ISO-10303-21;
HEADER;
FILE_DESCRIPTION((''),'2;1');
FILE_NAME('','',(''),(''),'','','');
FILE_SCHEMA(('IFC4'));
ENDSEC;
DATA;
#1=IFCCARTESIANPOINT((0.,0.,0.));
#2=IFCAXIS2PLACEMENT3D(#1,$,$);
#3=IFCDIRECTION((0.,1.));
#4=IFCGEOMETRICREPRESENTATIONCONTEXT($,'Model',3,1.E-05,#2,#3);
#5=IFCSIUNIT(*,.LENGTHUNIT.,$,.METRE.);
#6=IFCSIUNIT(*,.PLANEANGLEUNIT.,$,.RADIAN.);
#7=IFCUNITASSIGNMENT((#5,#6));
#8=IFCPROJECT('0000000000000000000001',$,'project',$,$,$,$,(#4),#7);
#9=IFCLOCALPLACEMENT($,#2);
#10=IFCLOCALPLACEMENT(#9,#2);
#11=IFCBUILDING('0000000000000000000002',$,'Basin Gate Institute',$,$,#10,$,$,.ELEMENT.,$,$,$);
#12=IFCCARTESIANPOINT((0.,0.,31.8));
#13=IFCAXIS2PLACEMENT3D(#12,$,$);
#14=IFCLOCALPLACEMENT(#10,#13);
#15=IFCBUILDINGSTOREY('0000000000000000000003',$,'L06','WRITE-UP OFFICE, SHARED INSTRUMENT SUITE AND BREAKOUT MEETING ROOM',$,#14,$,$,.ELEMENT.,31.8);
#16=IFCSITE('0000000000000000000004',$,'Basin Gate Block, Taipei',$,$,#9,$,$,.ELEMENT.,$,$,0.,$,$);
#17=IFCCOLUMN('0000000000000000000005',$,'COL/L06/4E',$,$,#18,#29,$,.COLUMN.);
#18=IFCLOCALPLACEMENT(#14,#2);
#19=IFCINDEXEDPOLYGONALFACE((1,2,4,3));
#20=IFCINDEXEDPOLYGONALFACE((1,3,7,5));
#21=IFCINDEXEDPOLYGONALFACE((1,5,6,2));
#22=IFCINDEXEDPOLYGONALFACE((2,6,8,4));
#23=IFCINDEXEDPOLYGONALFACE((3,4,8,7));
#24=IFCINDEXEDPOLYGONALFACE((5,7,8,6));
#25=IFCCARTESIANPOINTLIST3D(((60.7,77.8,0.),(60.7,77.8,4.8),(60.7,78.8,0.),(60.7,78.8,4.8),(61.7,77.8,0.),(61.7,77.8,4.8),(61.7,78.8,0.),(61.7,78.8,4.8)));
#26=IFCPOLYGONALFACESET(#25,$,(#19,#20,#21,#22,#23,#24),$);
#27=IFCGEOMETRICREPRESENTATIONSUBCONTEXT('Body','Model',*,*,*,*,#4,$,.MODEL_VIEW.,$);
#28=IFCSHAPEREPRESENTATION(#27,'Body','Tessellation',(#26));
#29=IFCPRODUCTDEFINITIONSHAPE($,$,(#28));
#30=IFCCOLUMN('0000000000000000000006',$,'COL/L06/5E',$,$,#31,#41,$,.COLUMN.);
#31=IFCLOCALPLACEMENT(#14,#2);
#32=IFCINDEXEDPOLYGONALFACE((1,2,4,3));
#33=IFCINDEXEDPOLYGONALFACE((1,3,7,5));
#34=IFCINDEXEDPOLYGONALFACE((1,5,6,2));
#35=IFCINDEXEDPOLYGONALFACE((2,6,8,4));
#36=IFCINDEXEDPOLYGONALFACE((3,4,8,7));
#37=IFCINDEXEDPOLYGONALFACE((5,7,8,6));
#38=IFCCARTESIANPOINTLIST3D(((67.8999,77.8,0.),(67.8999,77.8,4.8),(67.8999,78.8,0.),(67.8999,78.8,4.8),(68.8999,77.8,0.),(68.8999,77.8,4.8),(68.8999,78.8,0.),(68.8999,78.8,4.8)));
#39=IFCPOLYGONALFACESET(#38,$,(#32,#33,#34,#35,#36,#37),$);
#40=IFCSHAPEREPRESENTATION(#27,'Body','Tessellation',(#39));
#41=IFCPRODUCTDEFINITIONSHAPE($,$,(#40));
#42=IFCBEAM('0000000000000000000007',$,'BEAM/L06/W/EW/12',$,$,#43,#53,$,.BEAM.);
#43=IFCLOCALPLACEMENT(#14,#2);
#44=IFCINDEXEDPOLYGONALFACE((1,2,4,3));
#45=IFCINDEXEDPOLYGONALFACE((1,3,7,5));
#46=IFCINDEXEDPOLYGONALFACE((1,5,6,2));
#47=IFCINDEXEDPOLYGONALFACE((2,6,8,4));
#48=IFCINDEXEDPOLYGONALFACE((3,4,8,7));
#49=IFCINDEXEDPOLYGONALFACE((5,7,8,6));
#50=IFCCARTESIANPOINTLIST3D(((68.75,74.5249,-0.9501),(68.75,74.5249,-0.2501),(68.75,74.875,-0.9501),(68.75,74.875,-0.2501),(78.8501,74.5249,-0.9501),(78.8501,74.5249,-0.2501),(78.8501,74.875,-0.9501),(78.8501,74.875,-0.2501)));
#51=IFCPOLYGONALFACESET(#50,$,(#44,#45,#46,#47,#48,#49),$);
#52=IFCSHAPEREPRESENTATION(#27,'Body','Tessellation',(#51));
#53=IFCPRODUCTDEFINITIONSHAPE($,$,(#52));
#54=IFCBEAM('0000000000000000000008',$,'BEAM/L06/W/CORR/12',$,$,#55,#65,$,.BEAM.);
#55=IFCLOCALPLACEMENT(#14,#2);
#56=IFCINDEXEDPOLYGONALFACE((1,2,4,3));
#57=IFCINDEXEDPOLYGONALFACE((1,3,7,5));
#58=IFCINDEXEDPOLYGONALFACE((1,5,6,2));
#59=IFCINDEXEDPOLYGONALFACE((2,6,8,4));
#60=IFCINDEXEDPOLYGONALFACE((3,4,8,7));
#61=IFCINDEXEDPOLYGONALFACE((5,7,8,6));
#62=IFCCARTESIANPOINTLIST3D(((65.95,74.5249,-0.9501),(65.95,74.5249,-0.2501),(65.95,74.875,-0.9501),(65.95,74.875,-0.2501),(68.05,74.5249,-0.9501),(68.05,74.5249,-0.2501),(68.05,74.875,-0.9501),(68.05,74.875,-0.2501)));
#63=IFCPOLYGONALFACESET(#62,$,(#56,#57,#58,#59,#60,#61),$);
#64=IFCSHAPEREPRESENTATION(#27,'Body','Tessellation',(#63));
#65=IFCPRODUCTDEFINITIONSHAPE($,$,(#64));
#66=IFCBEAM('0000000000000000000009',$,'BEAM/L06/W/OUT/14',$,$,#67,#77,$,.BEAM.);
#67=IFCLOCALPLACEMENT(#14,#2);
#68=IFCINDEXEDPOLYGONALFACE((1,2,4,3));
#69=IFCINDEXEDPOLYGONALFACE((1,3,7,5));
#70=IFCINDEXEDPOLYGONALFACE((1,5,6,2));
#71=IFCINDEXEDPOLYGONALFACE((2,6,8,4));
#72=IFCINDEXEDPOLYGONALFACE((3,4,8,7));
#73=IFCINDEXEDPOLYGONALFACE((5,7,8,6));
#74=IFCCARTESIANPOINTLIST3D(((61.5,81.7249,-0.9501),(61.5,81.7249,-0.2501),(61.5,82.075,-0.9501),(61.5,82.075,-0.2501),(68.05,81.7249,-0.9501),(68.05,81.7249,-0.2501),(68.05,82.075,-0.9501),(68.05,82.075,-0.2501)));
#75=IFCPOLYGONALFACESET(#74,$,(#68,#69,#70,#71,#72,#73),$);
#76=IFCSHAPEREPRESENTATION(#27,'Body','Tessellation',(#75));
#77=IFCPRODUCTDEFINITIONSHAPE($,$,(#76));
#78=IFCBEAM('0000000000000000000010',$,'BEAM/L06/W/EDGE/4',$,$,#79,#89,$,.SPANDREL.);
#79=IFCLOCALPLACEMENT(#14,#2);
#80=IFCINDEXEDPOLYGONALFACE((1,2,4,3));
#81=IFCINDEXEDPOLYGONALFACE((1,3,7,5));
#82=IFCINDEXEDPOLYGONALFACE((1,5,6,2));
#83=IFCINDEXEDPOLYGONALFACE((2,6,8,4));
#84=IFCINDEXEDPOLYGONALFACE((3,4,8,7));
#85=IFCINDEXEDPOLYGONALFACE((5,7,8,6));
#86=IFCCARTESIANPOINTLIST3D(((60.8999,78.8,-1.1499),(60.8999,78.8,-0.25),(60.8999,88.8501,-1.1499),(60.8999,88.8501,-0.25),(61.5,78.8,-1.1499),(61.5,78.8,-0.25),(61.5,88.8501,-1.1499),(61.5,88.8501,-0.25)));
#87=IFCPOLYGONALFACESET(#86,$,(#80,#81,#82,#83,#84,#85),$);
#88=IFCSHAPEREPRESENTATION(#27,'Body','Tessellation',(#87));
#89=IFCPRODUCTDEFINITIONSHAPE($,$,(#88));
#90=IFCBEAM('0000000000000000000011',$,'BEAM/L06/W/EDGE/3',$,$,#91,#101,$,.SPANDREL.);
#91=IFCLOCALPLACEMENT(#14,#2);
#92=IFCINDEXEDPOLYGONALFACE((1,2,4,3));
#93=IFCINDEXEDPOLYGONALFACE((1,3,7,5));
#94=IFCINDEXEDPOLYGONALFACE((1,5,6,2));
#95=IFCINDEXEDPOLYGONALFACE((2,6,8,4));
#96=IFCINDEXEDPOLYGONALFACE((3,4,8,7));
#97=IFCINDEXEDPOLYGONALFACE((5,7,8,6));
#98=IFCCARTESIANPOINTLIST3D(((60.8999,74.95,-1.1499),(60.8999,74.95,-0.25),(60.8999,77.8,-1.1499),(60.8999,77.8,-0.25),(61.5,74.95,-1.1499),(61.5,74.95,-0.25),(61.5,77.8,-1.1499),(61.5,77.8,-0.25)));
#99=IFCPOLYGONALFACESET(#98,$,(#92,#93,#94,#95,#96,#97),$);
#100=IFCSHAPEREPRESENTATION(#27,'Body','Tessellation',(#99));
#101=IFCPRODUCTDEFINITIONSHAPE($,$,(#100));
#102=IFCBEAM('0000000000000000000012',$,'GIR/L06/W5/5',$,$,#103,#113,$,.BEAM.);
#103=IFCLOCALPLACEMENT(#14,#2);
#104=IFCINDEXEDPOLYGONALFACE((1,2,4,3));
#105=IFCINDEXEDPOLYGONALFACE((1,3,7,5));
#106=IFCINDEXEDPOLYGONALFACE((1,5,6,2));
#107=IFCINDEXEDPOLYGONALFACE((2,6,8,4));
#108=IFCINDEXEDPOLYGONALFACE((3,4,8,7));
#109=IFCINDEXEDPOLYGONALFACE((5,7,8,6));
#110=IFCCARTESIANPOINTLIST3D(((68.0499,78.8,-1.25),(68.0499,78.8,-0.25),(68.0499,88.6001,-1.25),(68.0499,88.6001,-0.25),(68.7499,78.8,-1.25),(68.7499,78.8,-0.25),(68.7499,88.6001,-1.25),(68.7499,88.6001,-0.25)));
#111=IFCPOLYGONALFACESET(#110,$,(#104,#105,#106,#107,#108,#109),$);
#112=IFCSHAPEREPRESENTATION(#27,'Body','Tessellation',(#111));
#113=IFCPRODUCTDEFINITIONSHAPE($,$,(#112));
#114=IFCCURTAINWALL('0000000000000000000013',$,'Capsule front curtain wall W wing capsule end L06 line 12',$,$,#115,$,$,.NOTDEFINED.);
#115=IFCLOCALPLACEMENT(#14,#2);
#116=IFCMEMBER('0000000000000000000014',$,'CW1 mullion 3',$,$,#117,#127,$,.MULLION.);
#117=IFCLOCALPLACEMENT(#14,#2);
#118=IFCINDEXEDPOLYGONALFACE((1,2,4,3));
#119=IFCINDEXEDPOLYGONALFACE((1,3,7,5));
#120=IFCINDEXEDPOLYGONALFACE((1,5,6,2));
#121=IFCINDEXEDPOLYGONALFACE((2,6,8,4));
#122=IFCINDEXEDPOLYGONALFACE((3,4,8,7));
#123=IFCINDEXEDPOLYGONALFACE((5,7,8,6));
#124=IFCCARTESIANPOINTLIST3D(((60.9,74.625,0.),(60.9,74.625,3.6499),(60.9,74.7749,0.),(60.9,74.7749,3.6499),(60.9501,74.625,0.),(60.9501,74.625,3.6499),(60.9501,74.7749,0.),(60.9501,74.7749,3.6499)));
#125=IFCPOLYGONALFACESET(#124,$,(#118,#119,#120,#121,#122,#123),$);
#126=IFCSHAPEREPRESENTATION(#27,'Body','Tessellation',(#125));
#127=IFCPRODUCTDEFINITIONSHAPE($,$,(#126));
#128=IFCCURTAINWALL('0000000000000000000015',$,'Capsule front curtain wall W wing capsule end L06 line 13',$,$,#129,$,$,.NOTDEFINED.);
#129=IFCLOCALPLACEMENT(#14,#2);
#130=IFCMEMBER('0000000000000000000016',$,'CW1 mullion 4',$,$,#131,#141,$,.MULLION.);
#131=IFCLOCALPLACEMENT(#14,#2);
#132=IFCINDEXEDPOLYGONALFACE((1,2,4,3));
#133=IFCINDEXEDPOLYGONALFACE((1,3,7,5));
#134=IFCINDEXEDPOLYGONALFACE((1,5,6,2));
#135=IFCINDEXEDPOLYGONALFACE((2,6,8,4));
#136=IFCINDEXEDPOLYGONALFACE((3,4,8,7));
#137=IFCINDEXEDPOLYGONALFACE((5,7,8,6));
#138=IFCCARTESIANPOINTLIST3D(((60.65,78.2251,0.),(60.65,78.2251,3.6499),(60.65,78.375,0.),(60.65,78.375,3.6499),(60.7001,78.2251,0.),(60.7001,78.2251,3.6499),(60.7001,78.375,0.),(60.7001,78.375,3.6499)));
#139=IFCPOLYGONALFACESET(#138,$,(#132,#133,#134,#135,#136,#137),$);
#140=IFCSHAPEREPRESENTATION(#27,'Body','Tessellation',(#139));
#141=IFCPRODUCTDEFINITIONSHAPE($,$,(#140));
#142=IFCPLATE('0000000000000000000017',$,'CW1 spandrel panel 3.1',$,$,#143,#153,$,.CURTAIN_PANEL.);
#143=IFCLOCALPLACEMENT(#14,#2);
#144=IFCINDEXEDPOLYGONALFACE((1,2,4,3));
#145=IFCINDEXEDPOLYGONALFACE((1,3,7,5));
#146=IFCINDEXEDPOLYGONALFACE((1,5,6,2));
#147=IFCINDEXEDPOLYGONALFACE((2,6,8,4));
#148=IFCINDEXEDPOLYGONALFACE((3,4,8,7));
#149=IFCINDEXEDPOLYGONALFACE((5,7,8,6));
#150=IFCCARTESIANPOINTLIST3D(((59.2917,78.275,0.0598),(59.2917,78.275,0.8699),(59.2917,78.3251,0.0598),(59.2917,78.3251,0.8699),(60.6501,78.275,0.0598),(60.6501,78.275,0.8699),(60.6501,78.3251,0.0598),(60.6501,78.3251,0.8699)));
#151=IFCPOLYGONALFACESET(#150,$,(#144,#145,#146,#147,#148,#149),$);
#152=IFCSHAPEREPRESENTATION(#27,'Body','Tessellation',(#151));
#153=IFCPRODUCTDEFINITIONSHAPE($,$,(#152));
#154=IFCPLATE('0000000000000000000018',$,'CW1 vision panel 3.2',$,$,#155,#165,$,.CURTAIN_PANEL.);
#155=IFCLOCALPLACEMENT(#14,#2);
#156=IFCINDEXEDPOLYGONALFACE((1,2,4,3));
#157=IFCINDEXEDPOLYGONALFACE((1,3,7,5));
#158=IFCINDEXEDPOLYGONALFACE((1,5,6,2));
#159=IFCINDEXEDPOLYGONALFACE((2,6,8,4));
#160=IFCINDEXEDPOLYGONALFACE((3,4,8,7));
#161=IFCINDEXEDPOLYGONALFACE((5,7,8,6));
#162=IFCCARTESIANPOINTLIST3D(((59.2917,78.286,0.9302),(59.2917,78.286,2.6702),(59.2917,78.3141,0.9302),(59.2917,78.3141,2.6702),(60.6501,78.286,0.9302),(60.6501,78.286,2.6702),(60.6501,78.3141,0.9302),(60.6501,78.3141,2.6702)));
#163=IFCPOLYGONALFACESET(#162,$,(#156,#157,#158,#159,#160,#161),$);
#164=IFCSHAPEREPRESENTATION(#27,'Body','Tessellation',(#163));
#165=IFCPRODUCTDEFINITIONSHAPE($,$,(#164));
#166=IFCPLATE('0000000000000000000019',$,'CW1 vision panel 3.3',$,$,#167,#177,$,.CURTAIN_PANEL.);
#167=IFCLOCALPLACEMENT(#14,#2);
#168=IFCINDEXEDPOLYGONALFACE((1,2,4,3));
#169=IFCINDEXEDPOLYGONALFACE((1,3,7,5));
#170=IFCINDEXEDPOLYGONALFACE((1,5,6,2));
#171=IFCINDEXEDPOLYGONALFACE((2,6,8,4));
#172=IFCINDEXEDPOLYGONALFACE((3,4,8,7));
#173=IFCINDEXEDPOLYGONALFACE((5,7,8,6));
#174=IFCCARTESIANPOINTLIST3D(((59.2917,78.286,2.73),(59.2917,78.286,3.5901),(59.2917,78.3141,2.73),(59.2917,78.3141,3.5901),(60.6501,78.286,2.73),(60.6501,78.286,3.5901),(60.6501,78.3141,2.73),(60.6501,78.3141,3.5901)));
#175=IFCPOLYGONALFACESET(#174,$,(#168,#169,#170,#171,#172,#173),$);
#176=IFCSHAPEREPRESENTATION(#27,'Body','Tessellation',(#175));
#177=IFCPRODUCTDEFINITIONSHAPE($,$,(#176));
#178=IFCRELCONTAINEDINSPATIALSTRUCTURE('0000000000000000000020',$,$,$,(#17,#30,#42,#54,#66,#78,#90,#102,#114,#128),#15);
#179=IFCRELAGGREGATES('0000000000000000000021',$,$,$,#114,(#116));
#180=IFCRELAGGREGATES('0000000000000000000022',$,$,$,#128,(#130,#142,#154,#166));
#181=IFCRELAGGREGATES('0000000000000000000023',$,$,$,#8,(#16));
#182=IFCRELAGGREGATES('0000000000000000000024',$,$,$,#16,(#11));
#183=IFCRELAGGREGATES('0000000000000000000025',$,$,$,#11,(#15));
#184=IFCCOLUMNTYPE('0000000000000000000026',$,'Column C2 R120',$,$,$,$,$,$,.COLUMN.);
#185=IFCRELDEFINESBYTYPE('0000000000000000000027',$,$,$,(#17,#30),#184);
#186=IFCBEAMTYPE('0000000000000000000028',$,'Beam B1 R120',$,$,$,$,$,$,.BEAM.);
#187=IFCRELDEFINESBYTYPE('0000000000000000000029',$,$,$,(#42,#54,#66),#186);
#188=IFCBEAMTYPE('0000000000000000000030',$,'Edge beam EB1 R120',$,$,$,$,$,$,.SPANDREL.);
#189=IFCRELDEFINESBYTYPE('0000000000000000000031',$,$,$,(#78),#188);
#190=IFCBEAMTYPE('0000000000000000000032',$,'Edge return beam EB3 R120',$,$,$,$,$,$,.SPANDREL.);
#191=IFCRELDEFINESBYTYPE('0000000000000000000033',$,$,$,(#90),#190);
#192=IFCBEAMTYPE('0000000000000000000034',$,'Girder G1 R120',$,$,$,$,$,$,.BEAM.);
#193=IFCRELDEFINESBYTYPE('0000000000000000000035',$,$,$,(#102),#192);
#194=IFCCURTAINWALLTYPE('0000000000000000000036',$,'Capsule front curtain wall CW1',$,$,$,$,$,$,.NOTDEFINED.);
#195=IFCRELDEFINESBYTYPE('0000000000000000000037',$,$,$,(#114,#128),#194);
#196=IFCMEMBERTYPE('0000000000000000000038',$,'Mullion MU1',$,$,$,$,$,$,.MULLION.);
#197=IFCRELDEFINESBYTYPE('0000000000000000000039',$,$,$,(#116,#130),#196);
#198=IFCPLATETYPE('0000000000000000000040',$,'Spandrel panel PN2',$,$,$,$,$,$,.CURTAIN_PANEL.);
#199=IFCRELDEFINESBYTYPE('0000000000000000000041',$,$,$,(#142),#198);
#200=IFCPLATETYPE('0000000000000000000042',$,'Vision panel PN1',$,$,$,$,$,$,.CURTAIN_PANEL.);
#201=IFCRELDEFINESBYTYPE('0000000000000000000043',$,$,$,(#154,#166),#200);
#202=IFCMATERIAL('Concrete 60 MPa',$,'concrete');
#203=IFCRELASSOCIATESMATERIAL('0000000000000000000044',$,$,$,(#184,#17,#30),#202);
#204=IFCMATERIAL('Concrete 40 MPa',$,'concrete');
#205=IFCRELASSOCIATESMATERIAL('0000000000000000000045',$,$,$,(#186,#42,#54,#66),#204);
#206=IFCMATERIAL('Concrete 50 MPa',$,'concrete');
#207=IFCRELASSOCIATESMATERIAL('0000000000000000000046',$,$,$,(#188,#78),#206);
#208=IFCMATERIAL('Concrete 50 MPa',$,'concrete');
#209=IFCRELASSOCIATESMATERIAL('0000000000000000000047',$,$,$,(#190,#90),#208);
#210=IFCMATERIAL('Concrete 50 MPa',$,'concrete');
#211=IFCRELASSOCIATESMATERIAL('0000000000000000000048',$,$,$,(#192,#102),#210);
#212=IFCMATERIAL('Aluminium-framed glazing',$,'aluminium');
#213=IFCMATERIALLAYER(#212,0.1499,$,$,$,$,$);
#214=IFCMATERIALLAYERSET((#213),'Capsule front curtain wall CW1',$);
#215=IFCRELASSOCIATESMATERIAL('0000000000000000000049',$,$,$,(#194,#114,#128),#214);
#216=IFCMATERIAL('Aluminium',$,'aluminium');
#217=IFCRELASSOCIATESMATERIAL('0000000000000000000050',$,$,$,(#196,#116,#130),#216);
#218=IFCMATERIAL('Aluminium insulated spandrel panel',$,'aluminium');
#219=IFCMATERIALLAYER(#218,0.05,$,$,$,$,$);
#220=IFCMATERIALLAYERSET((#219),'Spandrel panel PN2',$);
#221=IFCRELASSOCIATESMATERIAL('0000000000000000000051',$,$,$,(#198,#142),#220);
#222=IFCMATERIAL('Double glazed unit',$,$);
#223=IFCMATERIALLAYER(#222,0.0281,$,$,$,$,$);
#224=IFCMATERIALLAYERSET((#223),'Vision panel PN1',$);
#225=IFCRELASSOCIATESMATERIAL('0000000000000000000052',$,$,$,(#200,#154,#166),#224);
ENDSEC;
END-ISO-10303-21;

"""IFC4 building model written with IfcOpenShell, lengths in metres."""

from ifc_helpers import new_model, si_unit, direction, frame, origin, origin_2d, place, context, subcontext, project, spatial, rectangle, extrude, material, layer, layer_set, material_profile, profile_set, type_object, element, aggregate, save


model = new_model("IFC4")

# Units and contexts
model_context = context("Model", 3, precision=1e-05, world=origin(), true_north=direction((0.0, 1.0)))
body_context = subcontext(model_context, "Body", "Model", "MODEL_VIEW")
ifc_project = project(units=[si_unit("LENGTHUNIT", "METRE"), si_unit("PLANEANGLEUNIT", "RADIAN")], contexts=[model_context])

# Site, building, storey
site_placement = place(None, origin())
site = spatial("IfcSite", under=ifc_project, at=site_placement, Name="Basin Gate Block, Taipei", CompositionType="ELEMENT", RefElevation=0.0)
building_placement = place(site_placement, origin())
building = spatial("IfcBuilding", under=site, at=building_placement, Name="Basin Gate Institute", CompositionType="ELEMENT")
storey_placement = place(building_placement, frame((0.0, 0.0, 31.8)))
storey = spatial("IfcBuildingStorey", under=building, at=storey_placement, Name="L06", Description="WRITE-UP OFFICE, SHARED INSTRUMENT SUITE AND BREAKOUT MEETING ROOM", CompositionType="ELEMENT", Elevation=31.8)

# Columns
ifc_material_1 = material(Name="Concrete 60 MPa", Category="concrete")
ifc_material_profile_1 = material_profile(ifc_material_1, rectangle(XDim=1.0, YDim=1.0, at=origin_2d()), Name="Column C2 1000 x 1000")
ifc_profile_set_1 = profile_set([ifc_material_profile_1], Name="Concrete 60 MPa")
column_type = type_object("IfcColumnType", Name="Column C2 R120", PredefinedType="COLUMN", material=ifc_profile_set_1)
for number, where, z_axis, x_axis, name in (
    (1, (61.2, 78.3, 0.0), (0.0, 0.0, 1.0), (1.0, 0.0, 0.0), "COL/L06/4E"),
    (2, (68.3999, 78.3, 0.0), (0.0, 0.0, 1.0), (1.0, 0.0, 0.0), "COL/L06/5E"),
):
    element("IfcColumn", number, at=place(storey_placement, frame(where, z_axis=z_axis, x_axis=x_axis)), inside=storey, type_object=column_type, material=ifc_profile_set_1, Name=name, PredefinedType="COLUMN", context=body_context, shape_type="SweptSolid", body=[
        extrude(rectangle(XDim=1.0, YDim=1.0, at=origin_2d()), origin(), (0.0, 0.0, 1.0), 4.8),
    ])

# Beams
ifc_material_2 = material(Name="Concrete 40 MPa", Category="concrete")
ifc_material_profile_2 = material_profile(ifc_material_2, rectangle(XDim=0.3501, YDim=0.7, at=origin_2d()), Name="Beam B1 350 x 700")
ifc_profile_set_2 = profile_set([ifc_material_profile_2], Name="Concrete 40 MPa")
beam_type_1 = type_object("IfcBeamType", Name="Beam B1 R120", PredefinedType="BEAM", material=ifc_profile_set_2)
beam_1_placement = place(storey_placement, frame((68.75, 74.7, -0.6001), z_axis=(1.0, 0.0, 0.0), x_axis=(0.0, 1.0, 0.0)))
element("IfcBeam", 3, at=beam_1_placement, inside=storey, type_object=beam_type_1, material=ifc_profile_set_2, Name="BEAM/L06/W/EW/12", PredefinedType="BEAM", context=body_context, shape_type="SweptSolid", body=[
    extrude(rectangle(XDim=0.3501, YDim=0.7, at=origin_2d()), origin(), (0.0, 0.0, 1.0), 10.1001),
])
beam_2_placement = place(storey_placement, frame((65.95, 74.7, -0.6001), z_axis=(1.0, 0.0, 0.0), x_axis=(0.0, 1.0, 0.0)))
element("IfcBeam", 4, at=beam_2_placement, inside=storey, type_object=beam_type_1, material=ifc_profile_set_2, Name="BEAM/L06/W/CORR/12", PredefinedType="BEAM", context=body_context, shape_type="SweptSolid", body=[
    extrude(rectangle(XDim=0.3501, YDim=0.7, at=origin_2d()), origin(), (0.0, 0.0, 1.0), 2.1001),
])
beam_3_placement = place(storey_placement, frame((61.5, 81.8999, -0.6001), z_axis=(1.0, 0.0, 0.0), x_axis=(0.0, 1.0, 0.0)))
element("IfcBeam", 5, at=beam_3_placement, inside=storey, type_object=beam_type_1, material=ifc_profile_set_2, Name="BEAM/L06/W/OUT/14", PredefinedType="BEAM", context=body_context, shape_type="SweptSolid", body=[
    extrude(rectangle(XDim=0.3501, YDim=0.7, at=origin_2d()), origin(), (0.0, 0.0, 1.0), 6.55),
])
ifc_material_3 = material(Name="Concrete 50 MPa", Category="concrete")
ifc_material_profile_3 = material_profile(ifc_material_3, rectangle(XDim=0.6001, YDim=0.8999, at=origin_2d()), Name="Edge beam EB1 600 x 900")
ifc_profile_set_3 = profile_set([ifc_material_profile_3], Name="Concrete 50 MPa")
beam_type_2 = type_object("IfcBeamType", Name="Edge beam EB1 R120", PredefinedType="SPANDREL", material=ifc_profile_set_3)
beam_4_placement = place(storey_placement, frame((61.2, 78.8, -0.7), z_axis=(0.0, 1.0, 0.0), x_axis=(-1.0, 0.0, 0.0)))
element("IfcBeam", 6, at=beam_4_placement, inside=storey, type_object=beam_type_2, material=ifc_profile_set_3, Name="BEAM/L06/W/EDGE/4", PredefinedType="SPANDREL", context=body_context, shape_type="SweptSolid", body=[
    extrude(rectangle(XDim=0.6001, YDim=0.8999, at=origin_2d()), origin(), (0.0, 0.0, 1.0), 10.05),
])
ifc_material_4 = material(Name="Concrete 50 MPa", Category="concrete")
ifc_material_profile_4 = material_profile(ifc_material_4, rectangle(XDim=0.6001, YDim=0.8999, at=origin_2d()), Name="Edge return beam EB3 600 x 900")
ifc_profile_set_4 = profile_set([ifc_material_profile_4], Name="Concrete 50 MPa")
beam_type_3 = type_object("IfcBeamType", Name="Edge return beam EB3 R120", PredefinedType="SPANDREL", material=ifc_profile_set_4)
beam_5_placement = place(storey_placement, frame((61.2, 74.95, -0.7), z_axis=(0.0, 1.0, 0.0), x_axis=(-1.0, 0.0, 0.0)))
element("IfcBeam", 7, at=beam_5_placement, inside=storey, type_object=beam_type_3, material=ifc_profile_set_4, Name="BEAM/L06/W/EDGE/3", PredefinedType="SPANDREL", context=body_context, shape_type="SweptSolid", body=[
    extrude(rectangle(XDim=0.6001, YDim=0.8999, at=origin_2d()), origin(), (0.0, 0.0, 1.0), 2.8501),
])
ifc_material_5 = material(Name="Concrete 50 MPa", Category="concrete")
ifc_material_profile_5 = material_profile(ifc_material_5, rectangle(XDim=0.7, YDim=1.0, at=origin_2d()), Name="Girder G1 700 x 1000")
ifc_profile_set_5 = profile_set([ifc_material_profile_5], Name="Concrete 50 MPa")
beam_type_4 = type_object("IfcBeamType", Name="Girder G1 R120", PredefinedType="BEAM", material=ifc_profile_set_5)
beam_6_placement = place(storey_placement, frame((68.3999, 78.8, -0.75), z_axis=(0.0, 1.0, 0.0), x_axis=(-1.0, 0.0, 0.0)))
element("IfcBeam", 8, at=beam_6_placement, inside=storey, type_object=beam_type_4, material=ifc_profile_set_5, Name="GIR/L06/W5/5", PredefinedType="BEAM", context=body_context, shape_type="SweptSolid", body=[
    extrude(rectangle(XDim=0.7, YDim=1.0, at=origin_2d()), origin(), (0.0, 0.0, 1.0), 9.8),
])

# Curtain wall, member
ifc_material_6 = material(Name="Aluminium-framed glazing", Category="aluminium")
ifc_layer_1 = layer(ifc_material_6, 0.1499)
ifc_layer_set_1 = layer_set([ifc_layer_1], Name="Capsule front curtain wall CW1")
curtain_wall_type = type_object("IfcCurtainWallType", Name="Capsule front curtain wall CW1", PredefinedType="NOTDEFINED", material=ifc_layer_set_1)
curtain_wall_1_placement = place(storey_placement, origin())
curtain_wall_1 = element("IfcCurtainWall", 9, at=curtain_wall_1_placement, inside=storey, type_object=curtain_wall_type, material=ifc_layer_set_1, Name="Capsule front curtain wall W wing capsule end L06 line 12", PredefinedType="NOTDEFINED")
ifc_material_7 = material(Name="Aluminium", Category="aluminium")
ifc_material_profile_6 = material_profile(ifc_material_7, rectangle(XDim=0.1499, YDim=0.05, at=origin_2d()), Name="Mullion MU1 150 x 50")
ifc_profile_set_6 = profile_set([ifc_material_profile_6], Name="Aluminium")
member_type = type_object("IfcMemberType", Name="Mullion MU1", PredefinedType="MULLION", material=ifc_profile_set_6)
member_1_placement = place(storey_placement, frame((60.925, 74.7, 0.0), z_axis=(0.0, 0.0, 1.0), x_axis=(0.0, 1.0, 0.0)))
member_1 = element("IfcMember", 10, at=member_1_placement, type_object=member_type, material=ifc_profile_set_6, Name="CW1 mullion 3", PredefinedType="MULLION", context=body_context, shape_type="SweptSolid", body=[
    extrude(rectangle(XDim=0.1499, YDim=0.05, at=origin_2d()), origin(), (0.0, 0.0, 1.0), 3.6499),
])
aggregate(curtain_wall_1, [member_1])

# Curtain wall, member, plates
curtain_wall_2_placement = place(storey_placement, origin())
curtain_wall_2 = element("IfcCurtainWall", 11, at=curtain_wall_2_placement, inside=storey, type_object=curtain_wall_type, material=ifc_layer_set_1, Name="Capsule front curtain wall W wing capsule end L06 line 13", PredefinedType="NOTDEFINED")
member_2_placement = place(storey_placement, frame((60.675, 78.3, 0.0), z_axis=(0.0, 0.0, 1.0), x_axis=(0.0, 1.0, 0.0)))
member_2 = element("IfcMember", 12, at=member_2_placement, type_object=member_type, material=ifc_profile_set_6, Name="CW1 mullion 4", PredefinedType="MULLION", context=body_context, shape_type="SweptSolid", body=[
    extrude(rectangle(XDim=0.1499, YDim=0.05, at=origin_2d()), origin(), (0.0, 0.0, 1.0), 3.6499),
])
ifc_material_8 = material(Name="Aluminium insulated spandrel panel", Category="aluminium")
ifc_layer_2 = layer(ifc_material_8, 0.05)
ifc_layer_set_2 = layer_set([ifc_layer_2], Name="Spandrel panel PN2")
plate_type_1 = type_object("IfcPlateType", Name="Spandrel panel PN2", PredefinedType="CURTAIN_PANEL", material=ifc_layer_set_2)
plate_1_placement = place(storey_placement, frame((59.9709, 78.3, 0.0598), z_axis=(0.0, 0.0, 1.0), x_axis=(1.0, 0.0, 0.0)))
plate_1 = element("IfcPlate", 13, at=plate_1_placement, type_object=plate_type_1, material=ifc_layer_set_2, Name="CW1 spandrel panel 3.1", PredefinedType="CURTAIN_PANEL", context=body_context, shape_type="SweptSolid", body=[
    extrude(rectangle(XDim=1.3584, YDim=0.05, at=origin_2d()), origin(), (0.0, 0.0, 1.0), 0.8101),
])
ifc_material_9 = material(Name="Double glazed unit")
ifc_layer_3 = layer(ifc_material_9, 0.0281)
ifc_layer_set_3 = layer_set([ifc_layer_3], Name="Vision panel PN1")
plate_type_2 = type_object("IfcPlateType", Name="Vision panel PN1", PredefinedType="CURTAIN_PANEL", material=ifc_layer_set_3)
plate_2_placement = place(storey_placement, frame((59.9709, 78.3, 0.9302), z_axis=(0.0, 0.0, 1.0), x_axis=(1.0, 0.0, 0.0)))
plate_2 = element("IfcPlate", 14, at=plate_2_placement, type_object=plate_type_2, material=ifc_layer_set_3, Name="CW1 vision panel 3.2", PredefinedType="CURTAIN_PANEL", context=body_context, shape_type="SweptSolid", body=[
    extrude(rectangle(XDim=1.3584, YDim=0.0281, at=origin_2d()), origin(), (0.0, 0.0, 1.0), 1.74),
])
plate_3_placement = place(storey_placement, frame((59.9709, 78.3, 2.73), z_axis=(0.0, 0.0, 1.0), x_axis=(1.0, 0.0, 0.0)))
plate_3 = element("IfcPlate", 15, at=plate_3_placement, type_object=plate_type_2, material=ifc_layer_set_3, Name="CW1 vision panel 3.3", PredefinedType="CURTAIN_PANEL", context=body_context, shape_type="SweptSolid", body=[
    extrude(rectangle(XDim=1.3584, YDim=0.0281, at=origin_2d()), origin(), (0.0, 0.0, 1.0), 0.8601),
])
aggregate(curtain_wall_2, [member_2, plate_1, plate_2, plate_3])

save(model, "model.ifc")
